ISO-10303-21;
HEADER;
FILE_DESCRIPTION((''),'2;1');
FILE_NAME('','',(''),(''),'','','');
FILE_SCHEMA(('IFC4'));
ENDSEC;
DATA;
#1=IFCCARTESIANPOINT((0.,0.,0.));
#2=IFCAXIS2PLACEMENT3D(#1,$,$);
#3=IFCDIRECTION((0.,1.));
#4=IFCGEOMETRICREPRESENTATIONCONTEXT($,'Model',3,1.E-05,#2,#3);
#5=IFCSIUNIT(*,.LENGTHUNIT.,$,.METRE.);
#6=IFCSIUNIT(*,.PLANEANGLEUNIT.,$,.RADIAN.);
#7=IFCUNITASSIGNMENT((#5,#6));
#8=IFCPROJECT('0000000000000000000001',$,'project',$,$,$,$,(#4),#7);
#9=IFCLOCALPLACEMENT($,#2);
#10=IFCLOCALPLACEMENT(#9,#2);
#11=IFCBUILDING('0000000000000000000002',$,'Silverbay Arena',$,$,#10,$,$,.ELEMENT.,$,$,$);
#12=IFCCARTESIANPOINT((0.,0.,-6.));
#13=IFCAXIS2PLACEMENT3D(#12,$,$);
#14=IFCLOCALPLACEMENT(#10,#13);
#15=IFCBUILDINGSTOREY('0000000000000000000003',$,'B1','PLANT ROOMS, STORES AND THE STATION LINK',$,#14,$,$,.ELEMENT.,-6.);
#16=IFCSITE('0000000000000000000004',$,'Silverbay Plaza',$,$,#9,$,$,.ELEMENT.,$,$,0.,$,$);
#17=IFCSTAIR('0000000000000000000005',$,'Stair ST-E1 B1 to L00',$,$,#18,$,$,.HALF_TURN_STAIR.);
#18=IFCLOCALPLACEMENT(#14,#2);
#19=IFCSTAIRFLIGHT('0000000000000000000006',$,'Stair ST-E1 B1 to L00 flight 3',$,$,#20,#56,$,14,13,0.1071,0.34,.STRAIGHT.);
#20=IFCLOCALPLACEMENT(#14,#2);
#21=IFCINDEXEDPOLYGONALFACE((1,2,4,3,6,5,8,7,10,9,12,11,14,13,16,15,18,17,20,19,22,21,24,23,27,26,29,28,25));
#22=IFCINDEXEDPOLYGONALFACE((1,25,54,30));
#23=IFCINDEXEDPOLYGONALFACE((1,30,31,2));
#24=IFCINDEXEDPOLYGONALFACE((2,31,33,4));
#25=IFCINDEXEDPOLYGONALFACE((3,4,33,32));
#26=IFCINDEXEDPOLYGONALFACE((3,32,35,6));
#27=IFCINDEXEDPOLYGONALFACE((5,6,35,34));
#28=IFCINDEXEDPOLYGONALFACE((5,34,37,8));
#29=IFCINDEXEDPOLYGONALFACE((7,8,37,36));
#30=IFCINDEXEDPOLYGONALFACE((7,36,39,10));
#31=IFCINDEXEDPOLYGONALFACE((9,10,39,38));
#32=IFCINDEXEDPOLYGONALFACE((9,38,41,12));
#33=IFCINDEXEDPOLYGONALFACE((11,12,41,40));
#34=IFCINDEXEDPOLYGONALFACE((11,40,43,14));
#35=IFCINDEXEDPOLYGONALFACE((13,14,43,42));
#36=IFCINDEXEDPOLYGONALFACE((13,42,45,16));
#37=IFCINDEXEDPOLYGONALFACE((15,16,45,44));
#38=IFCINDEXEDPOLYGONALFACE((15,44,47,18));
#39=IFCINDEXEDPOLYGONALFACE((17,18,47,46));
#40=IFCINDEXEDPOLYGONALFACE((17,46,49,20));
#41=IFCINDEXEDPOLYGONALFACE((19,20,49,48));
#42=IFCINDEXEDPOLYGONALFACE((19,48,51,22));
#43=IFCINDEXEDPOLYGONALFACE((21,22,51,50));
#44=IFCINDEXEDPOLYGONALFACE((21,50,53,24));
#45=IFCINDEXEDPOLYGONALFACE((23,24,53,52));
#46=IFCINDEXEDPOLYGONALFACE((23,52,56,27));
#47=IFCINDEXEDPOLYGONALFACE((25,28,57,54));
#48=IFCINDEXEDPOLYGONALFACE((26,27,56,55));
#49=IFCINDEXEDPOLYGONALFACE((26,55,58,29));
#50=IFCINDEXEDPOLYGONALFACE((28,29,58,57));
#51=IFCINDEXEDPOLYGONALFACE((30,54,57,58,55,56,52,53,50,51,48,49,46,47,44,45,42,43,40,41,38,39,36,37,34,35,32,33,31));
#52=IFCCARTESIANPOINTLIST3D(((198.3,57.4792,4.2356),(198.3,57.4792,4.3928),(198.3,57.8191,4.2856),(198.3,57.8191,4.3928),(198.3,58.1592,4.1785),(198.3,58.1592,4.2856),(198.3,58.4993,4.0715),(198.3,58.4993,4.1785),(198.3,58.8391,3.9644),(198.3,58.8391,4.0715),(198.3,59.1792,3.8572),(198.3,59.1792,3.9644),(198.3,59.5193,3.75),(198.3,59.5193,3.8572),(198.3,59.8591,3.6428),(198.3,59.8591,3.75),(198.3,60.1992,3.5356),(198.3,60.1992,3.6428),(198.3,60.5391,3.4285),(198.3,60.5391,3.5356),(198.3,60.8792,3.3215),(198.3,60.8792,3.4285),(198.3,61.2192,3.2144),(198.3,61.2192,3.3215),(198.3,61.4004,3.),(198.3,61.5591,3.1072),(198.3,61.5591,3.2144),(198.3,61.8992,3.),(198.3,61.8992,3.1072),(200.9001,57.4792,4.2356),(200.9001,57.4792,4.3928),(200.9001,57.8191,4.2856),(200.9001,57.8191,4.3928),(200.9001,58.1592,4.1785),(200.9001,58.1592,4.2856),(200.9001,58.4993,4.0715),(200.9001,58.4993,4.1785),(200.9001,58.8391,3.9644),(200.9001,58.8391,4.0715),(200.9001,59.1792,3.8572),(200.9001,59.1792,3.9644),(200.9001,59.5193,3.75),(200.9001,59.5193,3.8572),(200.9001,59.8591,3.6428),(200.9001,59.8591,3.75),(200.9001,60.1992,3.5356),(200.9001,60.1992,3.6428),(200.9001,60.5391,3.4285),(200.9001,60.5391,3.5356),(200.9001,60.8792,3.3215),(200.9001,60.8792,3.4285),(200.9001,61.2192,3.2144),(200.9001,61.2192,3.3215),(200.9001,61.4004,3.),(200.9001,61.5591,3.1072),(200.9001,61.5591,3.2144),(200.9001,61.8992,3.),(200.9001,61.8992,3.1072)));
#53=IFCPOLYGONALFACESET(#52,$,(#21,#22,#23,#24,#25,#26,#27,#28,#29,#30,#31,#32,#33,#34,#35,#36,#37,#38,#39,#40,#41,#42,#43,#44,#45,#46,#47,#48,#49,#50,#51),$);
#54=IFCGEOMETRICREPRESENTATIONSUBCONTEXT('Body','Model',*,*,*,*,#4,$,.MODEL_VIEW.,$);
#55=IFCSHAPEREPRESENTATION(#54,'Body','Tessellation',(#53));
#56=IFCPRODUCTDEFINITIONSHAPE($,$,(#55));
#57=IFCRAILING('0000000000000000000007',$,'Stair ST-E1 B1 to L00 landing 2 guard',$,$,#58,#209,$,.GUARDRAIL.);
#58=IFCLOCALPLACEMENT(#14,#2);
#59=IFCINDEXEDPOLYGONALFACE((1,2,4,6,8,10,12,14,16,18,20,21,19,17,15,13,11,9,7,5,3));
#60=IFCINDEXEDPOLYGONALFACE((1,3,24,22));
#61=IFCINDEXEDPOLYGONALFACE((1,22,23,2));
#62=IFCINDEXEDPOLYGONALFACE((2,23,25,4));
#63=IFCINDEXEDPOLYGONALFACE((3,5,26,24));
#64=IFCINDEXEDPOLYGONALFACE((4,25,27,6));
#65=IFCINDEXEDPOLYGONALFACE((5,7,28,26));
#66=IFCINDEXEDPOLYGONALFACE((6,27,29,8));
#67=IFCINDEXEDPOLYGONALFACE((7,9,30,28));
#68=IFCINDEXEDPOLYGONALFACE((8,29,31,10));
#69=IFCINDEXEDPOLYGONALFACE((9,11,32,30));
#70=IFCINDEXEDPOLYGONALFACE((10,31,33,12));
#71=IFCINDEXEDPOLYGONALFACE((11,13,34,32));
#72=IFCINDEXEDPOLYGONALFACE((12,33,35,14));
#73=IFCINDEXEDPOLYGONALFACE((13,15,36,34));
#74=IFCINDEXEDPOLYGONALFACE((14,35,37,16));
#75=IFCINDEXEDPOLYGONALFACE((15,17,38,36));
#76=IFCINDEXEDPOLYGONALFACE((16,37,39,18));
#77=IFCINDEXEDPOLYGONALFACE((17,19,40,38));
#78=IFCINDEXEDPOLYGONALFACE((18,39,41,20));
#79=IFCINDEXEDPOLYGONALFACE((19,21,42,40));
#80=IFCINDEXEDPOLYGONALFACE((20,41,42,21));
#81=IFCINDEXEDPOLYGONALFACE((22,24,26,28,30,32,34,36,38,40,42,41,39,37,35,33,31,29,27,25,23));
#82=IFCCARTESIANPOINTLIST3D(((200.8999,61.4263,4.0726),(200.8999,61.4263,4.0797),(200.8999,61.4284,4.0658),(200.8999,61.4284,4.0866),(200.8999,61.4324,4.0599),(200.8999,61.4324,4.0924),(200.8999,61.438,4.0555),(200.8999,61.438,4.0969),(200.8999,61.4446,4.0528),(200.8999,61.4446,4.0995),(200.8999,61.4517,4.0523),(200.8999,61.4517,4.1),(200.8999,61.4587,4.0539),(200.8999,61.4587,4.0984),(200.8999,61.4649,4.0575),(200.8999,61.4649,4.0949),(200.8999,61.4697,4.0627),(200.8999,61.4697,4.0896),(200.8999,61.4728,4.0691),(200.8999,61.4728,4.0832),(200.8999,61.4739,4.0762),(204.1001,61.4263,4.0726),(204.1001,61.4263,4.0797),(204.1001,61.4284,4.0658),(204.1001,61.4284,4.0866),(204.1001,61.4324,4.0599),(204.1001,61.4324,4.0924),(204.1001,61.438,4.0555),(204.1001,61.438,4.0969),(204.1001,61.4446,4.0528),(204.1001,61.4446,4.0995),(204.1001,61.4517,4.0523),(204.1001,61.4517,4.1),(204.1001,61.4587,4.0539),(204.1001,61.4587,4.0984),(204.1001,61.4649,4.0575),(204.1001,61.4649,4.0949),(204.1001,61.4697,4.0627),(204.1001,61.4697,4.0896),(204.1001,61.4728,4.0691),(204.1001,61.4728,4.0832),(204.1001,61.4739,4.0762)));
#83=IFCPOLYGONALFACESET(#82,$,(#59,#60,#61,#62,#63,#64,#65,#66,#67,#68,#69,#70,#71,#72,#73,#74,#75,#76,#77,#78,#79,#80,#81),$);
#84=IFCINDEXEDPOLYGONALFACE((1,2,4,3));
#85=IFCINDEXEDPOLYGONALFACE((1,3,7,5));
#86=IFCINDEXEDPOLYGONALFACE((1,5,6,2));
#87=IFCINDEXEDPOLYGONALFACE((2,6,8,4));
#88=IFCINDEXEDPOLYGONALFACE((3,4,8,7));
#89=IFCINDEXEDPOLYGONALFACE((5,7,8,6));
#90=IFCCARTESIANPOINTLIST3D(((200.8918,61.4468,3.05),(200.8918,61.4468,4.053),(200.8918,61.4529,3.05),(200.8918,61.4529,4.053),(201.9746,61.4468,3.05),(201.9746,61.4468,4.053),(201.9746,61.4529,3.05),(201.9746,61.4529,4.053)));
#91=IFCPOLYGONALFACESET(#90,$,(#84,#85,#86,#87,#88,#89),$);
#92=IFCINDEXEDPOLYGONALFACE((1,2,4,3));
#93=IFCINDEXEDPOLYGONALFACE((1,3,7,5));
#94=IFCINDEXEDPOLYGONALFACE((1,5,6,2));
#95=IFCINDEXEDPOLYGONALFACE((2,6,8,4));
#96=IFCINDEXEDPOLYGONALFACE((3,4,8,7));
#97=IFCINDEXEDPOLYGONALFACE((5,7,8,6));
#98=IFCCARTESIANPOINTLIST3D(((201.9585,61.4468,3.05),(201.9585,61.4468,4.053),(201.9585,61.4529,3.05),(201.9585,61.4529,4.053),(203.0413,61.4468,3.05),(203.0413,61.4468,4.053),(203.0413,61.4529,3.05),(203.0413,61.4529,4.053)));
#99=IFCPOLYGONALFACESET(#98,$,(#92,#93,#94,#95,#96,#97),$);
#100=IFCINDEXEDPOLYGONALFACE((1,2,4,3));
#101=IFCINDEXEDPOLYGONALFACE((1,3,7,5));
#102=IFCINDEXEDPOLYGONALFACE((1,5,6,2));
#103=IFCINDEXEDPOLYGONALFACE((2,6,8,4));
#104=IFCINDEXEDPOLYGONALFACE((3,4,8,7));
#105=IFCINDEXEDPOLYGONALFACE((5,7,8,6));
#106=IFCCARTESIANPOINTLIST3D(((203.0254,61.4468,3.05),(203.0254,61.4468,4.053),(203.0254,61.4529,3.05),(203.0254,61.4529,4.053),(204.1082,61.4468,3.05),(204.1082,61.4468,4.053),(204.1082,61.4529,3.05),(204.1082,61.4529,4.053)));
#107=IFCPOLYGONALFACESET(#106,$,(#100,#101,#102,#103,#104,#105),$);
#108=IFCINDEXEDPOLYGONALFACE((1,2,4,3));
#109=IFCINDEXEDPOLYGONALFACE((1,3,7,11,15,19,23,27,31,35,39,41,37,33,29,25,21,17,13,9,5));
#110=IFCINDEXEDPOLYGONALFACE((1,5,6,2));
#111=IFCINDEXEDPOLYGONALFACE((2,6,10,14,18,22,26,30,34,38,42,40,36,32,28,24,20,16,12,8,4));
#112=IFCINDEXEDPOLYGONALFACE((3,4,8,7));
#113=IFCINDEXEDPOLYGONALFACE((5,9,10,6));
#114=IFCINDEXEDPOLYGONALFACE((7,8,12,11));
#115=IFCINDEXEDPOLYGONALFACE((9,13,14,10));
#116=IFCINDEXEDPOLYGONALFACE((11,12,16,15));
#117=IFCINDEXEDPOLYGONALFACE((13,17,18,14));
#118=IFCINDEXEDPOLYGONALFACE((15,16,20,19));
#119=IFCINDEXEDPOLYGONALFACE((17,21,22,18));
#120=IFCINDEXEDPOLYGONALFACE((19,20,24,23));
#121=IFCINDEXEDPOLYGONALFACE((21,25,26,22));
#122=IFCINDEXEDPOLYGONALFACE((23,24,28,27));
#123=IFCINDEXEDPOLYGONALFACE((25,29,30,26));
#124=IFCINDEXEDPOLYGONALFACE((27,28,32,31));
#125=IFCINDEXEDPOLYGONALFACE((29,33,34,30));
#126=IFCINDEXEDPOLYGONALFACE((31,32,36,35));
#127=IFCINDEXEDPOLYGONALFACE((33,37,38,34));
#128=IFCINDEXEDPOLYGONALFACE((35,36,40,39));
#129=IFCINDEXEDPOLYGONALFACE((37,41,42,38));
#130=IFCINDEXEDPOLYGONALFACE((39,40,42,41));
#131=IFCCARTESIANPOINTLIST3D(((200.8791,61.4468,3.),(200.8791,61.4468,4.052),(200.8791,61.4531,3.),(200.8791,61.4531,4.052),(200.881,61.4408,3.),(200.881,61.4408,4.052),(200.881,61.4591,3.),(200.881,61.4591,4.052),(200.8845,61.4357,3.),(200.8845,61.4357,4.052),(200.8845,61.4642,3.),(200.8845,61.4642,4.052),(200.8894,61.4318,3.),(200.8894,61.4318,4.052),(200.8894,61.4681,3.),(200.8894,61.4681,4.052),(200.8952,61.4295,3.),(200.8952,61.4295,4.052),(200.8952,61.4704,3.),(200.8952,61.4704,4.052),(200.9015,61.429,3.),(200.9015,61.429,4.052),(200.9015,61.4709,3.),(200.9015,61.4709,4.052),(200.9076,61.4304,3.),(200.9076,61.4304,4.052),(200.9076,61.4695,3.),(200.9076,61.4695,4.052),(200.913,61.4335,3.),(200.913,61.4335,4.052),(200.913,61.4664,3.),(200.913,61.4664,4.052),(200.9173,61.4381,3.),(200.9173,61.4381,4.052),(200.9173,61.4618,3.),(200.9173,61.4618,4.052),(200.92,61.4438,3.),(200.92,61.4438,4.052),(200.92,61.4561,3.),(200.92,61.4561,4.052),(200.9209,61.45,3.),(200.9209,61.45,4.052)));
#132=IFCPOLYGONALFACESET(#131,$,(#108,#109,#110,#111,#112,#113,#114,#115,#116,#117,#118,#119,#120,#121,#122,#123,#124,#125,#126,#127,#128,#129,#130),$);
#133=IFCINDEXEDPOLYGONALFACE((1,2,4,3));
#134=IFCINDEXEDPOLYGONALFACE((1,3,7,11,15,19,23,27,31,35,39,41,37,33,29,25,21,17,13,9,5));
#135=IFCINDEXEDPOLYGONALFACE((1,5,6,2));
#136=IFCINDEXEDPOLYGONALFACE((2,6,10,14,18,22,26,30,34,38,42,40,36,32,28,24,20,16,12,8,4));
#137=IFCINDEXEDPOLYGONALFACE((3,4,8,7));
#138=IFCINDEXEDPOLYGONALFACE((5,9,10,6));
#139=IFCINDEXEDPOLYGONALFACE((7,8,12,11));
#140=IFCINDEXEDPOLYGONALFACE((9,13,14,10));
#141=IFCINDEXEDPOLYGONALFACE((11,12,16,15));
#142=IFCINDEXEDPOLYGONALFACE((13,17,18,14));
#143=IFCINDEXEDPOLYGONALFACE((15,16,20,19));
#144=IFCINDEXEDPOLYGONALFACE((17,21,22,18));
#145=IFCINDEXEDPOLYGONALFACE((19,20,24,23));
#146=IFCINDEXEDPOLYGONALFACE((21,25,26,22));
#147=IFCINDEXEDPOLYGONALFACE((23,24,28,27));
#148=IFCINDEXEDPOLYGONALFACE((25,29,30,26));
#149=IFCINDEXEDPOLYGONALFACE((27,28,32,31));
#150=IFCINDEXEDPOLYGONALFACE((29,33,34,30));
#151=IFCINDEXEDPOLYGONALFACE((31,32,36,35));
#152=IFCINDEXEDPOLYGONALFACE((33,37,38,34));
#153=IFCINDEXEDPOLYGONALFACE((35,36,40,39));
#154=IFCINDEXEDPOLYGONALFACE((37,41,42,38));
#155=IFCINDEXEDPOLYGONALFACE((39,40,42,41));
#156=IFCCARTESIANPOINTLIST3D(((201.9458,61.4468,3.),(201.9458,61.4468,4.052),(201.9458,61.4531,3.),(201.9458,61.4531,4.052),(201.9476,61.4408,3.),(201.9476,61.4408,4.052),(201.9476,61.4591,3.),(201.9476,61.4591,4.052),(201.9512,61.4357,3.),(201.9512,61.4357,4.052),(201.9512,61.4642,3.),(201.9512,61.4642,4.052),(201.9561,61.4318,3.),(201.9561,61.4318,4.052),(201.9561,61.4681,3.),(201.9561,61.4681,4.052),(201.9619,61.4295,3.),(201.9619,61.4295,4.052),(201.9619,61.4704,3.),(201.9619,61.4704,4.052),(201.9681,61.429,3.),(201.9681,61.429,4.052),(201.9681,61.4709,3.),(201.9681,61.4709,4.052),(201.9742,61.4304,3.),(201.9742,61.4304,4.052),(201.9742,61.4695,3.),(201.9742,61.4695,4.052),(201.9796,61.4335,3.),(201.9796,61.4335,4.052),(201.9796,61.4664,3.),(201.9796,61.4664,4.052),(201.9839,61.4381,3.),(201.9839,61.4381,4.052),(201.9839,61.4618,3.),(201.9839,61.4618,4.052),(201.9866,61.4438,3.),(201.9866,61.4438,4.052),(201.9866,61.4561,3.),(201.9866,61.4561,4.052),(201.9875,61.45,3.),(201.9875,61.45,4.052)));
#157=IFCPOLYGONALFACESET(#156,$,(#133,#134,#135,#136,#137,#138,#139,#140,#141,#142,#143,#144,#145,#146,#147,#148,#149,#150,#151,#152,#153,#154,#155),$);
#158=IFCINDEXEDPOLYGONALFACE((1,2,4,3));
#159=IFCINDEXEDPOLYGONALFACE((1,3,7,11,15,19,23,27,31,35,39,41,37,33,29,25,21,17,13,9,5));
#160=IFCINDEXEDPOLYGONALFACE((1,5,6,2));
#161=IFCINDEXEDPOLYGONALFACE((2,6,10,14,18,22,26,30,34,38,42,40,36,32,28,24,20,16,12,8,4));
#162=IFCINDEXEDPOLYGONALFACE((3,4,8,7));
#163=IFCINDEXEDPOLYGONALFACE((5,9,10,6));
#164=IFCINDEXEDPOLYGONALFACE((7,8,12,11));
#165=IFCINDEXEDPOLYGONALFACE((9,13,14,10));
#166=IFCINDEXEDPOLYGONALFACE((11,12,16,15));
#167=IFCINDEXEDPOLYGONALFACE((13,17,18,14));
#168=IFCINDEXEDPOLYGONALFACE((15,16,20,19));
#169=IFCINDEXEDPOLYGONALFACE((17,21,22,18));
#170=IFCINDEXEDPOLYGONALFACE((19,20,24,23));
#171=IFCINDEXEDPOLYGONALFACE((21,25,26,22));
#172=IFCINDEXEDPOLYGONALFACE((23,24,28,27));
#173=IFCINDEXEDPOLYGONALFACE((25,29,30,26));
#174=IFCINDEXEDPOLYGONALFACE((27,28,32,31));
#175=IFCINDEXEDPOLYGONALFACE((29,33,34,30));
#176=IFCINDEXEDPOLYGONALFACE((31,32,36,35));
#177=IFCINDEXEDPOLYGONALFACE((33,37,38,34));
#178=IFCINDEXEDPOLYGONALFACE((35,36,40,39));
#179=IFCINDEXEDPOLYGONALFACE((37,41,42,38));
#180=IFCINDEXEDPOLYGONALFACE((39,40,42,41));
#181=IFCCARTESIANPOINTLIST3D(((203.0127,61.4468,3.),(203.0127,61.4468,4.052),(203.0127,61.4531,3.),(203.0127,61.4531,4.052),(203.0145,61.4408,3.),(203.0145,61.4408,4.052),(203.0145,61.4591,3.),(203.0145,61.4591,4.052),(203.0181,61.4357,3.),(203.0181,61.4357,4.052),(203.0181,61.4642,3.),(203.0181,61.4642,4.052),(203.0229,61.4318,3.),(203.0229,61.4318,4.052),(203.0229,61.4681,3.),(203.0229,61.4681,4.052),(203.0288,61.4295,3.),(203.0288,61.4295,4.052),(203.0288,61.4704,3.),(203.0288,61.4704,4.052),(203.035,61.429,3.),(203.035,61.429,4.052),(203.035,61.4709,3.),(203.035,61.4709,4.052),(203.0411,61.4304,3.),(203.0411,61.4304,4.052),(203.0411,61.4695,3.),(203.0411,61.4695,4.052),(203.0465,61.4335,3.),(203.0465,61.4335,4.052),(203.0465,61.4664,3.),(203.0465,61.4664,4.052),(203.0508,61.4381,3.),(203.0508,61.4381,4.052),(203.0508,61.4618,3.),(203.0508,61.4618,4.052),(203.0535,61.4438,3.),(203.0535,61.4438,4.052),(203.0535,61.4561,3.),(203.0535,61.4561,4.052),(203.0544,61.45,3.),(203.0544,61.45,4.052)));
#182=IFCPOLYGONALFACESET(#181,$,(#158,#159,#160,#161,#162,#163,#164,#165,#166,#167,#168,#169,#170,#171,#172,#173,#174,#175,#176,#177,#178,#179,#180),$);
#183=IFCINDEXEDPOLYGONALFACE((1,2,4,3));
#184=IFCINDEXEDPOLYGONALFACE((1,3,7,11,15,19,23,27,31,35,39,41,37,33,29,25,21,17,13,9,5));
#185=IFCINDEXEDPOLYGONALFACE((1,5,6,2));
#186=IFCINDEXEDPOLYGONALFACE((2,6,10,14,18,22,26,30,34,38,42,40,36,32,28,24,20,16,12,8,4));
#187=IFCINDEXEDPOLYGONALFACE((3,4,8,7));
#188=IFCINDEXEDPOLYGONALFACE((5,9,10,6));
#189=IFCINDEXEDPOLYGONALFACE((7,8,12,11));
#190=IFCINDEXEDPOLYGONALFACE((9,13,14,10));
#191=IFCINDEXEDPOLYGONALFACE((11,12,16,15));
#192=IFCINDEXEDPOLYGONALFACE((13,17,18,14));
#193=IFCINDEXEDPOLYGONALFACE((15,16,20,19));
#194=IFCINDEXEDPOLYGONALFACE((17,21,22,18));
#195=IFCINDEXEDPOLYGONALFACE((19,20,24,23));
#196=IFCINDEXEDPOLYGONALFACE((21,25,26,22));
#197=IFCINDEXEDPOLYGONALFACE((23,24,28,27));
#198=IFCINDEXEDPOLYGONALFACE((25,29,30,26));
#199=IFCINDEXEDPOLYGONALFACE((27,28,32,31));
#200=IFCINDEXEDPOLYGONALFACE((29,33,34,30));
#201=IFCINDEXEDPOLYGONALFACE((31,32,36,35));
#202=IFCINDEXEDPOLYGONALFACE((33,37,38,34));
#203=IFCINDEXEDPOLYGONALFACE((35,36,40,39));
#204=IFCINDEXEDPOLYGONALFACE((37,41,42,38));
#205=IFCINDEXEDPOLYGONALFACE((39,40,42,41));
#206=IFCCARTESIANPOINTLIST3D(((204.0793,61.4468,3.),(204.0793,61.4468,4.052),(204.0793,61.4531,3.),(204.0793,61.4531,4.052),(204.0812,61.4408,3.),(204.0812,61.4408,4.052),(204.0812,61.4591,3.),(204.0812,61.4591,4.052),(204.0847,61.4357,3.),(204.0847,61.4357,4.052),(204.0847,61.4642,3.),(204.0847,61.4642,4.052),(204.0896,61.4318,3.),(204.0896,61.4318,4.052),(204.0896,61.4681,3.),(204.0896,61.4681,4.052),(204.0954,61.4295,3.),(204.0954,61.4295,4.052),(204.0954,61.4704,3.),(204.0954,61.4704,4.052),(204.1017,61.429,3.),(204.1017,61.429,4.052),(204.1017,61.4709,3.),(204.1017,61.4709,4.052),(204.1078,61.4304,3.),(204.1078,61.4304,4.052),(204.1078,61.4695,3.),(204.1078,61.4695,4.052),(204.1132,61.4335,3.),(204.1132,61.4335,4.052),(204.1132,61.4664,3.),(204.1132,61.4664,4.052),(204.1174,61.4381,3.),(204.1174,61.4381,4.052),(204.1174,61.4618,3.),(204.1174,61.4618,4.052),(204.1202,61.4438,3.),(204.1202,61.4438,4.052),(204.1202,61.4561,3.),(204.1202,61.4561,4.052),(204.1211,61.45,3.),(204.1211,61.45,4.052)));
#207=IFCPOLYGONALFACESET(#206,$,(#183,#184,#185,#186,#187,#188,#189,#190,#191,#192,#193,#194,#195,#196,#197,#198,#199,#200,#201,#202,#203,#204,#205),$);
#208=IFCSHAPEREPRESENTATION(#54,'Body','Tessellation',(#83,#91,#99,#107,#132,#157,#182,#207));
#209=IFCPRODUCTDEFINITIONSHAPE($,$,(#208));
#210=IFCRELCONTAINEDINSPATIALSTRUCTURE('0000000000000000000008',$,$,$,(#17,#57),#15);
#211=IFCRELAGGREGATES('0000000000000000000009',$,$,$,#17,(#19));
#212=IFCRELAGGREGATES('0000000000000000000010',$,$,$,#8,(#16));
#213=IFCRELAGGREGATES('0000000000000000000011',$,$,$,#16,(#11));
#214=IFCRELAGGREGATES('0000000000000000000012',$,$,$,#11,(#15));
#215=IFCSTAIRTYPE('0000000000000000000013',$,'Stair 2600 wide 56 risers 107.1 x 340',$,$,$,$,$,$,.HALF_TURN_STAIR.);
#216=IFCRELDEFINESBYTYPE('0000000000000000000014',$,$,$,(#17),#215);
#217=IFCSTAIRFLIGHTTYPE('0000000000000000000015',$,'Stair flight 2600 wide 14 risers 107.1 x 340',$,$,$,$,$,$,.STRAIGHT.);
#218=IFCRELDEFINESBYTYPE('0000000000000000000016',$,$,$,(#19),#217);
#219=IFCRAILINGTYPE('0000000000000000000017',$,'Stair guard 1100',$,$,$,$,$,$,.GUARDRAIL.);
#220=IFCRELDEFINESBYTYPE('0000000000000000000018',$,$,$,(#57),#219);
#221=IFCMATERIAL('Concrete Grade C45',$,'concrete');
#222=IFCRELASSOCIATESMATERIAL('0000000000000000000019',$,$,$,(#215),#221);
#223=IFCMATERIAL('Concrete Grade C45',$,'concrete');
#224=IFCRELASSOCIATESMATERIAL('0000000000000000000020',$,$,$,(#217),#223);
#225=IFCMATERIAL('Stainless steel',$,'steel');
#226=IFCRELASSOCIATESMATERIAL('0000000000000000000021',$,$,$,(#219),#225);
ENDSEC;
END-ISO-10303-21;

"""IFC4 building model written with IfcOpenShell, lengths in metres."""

from ifc_helpers import new_model, si_unit, direction, frame, origin, origin_2d, place, context, subcontext, project, spatial, polyline, circle, outline, extrude, material, type_object, element, aggregate, save


model = new_model("IFC4")

# Units and contexts
model_context = context("Model", 3, precision=1e-05, world=origin(), true_north=direction((0.0, 1.0)))
body_context = subcontext(model_context, "Body", "Model", "MODEL_VIEW")
ifc_project = project(units=[si_unit("LENGTHUNIT", "METRE"), si_unit("PLANEANGLEUNIT", "RADIAN")], contexts=[model_context])

# Site, building, storey
site_placement = place(None, origin())
site = spatial("IfcSite", under=ifc_project, at=site_placement, Name="Silverbay Plaza", CompositionType="ELEMENT", RefElevation=0.0)
building_placement = place(site_placement, origin())
building = spatial("IfcBuilding", under=site, at=building_placement, Name="Silverbay Arena", CompositionType="ELEMENT")
storey_placement = place(building_placement, frame((0.0, 0.0, -6.0)))
storey = spatial("IfcBuildingStorey", under=building, at=storey_placement, Name="B1", Description="PLANT ROOMS, STORES AND THE STATION LINK", CompositionType="ELEMENT", Elevation=-6.0)

# Stair, stair flight
ifc_material_1 = material(Name="Concrete Grade C45", Category="concrete")
stair_type = type_object("IfcStairType", Name="Stair 2600 wide 56 risers 107.1 x 340", PredefinedType="HALF_TURN_STAIR", material=ifc_material_1)
stair_placement = place(storey_placement, origin())
stair = element("IfcStair", 1, at=stair_placement, inside=storey, type_object=stair_type, Name="Stair ST-E1 B1 to L00", PredefinedType="HALF_TURN_STAIR")
ifc_material_2 = material(Name="Concrete Grade C45", Category="concrete")
stair_flight_type = type_object("IfcStairFlightType", Name="Stair flight 2600 wide 14 risers 107.1 x 340", PredefinedType="STRAIGHT", material=ifc_material_2)
stair_flight_1_placement = place(storey_placement, frame((199.6001, 61.8992, 3.0), z_axis=(0.0, 0.0, 1.0), x_axis=(0.0, -1.0, 0.0)))
stair_flight_1 = element("IfcStairFlight", 2, at=stair_flight_1_placement, type_object=stair_flight_type, Name="Stair ST-E1 B1 to L00 flight 3", NumberOfRisers=14, NumberOfTreads=13, PredefinedType="STRAIGHT", RiserHeight=0.1071, TreadLength=0.34, context=body_context, shape_type="SweptSolid", body=[
    extrude(outline(polyline([(0.0, 0.0), (0.0, 0.1072), (0.3401, 0.1072), (0.3401, 0.2144), (0.6799, 0.2144), (0.6799, 0.3215), (1.02, 0.3215), (1.02, 0.4285), (1.3601, 0.4285), (1.3601, 0.5356), (1.7, 0.5356), (1.7, 0.6428), (2.04, 0.6428), (2.04, 0.75), (2.3799, 0.75), (2.3799, 0.8572), (2.72, 0.8572), (2.72, 0.9644), (3.0601, 0.9644), (3.0601, 1.0715), (3.3999, 1.0715), (3.3999, 1.1785), (3.74, 1.1785), (3.74, 1.2856), (4.0801, 1.2856), (4.0801, 1.3928), (4.4199, 1.3928), (4.4199, 1.2356), (0.4988, 0.0), (0.0, 0.0)])), frame((0.0, 1.3, 0.0), z_axis=(0.0, -1.0, 0.0), x_axis=(1.0, 0.0, 0.0)), (0.0, 0.0, 1.0), 2.6001),
])
aggregate(stair, [stair_flight_1])

# Railing
ifc_material_3 = material(Name="Stainless steel", Category="steel")
railing_type_1 = type_object("IfcRailingType", Name="Stair guard 1100", PredefinedType="GUARDRAIL", material=ifc_material_3)
for number, where, name in (
    (3, (200.8999, 61.45, 3.0), "Stair ST-E1 B1 to L00 landing 2 guard"),
):
    element("IfcRailing", number, at=place(storey_placement, frame(where)), inside=storey, type_object=railing_type_1, Name=name, PredefinedType="GUARDRAIL", context=body_context, shape_type="SweptSolid", body=[
        extrude(circle(Radius=0.0239, at=origin_2d()), frame((0.0, 0.0, 1.0762), z_axis=(1.0, 0.0, 0.0), x_axis=(0.0, 1.0, 0.0)), (0.0, 0.0, 1.0), 3.2002),
        extrude(outline(polyline([(-0.0081, 0.05), (1.0747, 0.05), (1.0747, 1.053), (-0.0081, 1.053), (-0.0081, 0.05)])), frame((0.0, 0.0029, 0.0), z_axis=(0.0, -1.0, 0.0), x_axis=(1.0, 0.0, 0.0)), (0.0, 0.0, 1.0), 0.0061),
        extrude(outline(polyline([(-0.0081, 0.05), (1.0747, 0.05), (1.0747, 1.053), (-0.0081, 1.053), (-0.0081, 0.05)])), frame((1.0667, 0.0029, 0.0), z_axis=(0.0, -1.0, 0.0), x_axis=(1.0, 0.0, 0.0)), (0.0, 0.0, 1.0), 0.0061),
        extrude(outline(polyline([(-0.0081, 0.05), (1.0747, 0.05), (1.0747, 1.053), (-0.0081, 1.053), (-0.0081, 0.05)])), frame((2.1335, 0.0029, 0.0), z_axis=(0.0, -1.0, 0.0), x_axis=(1.0, 0.0, 0.0)), (0.0, 0.0, 1.0), 0.0061),
        extrude(circle(Radius=0.021, at=origin_2d()), origin(), (0.0, 0.0, 1.0), 1.052),
        extrude(circle(Radius=0.021, at=origin_2d()), frame((1.0667, 0.0, 0.0)), (0.0, 0.0, 1.0), 1.052),
        extrude(circle(Radius=0.021, at=origin_2d()), frame((2.1335, 0.0, 0.0)), (0.0, 0.0, 1.0), 1.052),
        extrude(circle(Radius=0.021, at=origin_2d()), frame((3.2002, 0.0, 0.0)), (0.0, 0.0, 1.0), 1.052),
    ])

save(model, "model.ifc")
